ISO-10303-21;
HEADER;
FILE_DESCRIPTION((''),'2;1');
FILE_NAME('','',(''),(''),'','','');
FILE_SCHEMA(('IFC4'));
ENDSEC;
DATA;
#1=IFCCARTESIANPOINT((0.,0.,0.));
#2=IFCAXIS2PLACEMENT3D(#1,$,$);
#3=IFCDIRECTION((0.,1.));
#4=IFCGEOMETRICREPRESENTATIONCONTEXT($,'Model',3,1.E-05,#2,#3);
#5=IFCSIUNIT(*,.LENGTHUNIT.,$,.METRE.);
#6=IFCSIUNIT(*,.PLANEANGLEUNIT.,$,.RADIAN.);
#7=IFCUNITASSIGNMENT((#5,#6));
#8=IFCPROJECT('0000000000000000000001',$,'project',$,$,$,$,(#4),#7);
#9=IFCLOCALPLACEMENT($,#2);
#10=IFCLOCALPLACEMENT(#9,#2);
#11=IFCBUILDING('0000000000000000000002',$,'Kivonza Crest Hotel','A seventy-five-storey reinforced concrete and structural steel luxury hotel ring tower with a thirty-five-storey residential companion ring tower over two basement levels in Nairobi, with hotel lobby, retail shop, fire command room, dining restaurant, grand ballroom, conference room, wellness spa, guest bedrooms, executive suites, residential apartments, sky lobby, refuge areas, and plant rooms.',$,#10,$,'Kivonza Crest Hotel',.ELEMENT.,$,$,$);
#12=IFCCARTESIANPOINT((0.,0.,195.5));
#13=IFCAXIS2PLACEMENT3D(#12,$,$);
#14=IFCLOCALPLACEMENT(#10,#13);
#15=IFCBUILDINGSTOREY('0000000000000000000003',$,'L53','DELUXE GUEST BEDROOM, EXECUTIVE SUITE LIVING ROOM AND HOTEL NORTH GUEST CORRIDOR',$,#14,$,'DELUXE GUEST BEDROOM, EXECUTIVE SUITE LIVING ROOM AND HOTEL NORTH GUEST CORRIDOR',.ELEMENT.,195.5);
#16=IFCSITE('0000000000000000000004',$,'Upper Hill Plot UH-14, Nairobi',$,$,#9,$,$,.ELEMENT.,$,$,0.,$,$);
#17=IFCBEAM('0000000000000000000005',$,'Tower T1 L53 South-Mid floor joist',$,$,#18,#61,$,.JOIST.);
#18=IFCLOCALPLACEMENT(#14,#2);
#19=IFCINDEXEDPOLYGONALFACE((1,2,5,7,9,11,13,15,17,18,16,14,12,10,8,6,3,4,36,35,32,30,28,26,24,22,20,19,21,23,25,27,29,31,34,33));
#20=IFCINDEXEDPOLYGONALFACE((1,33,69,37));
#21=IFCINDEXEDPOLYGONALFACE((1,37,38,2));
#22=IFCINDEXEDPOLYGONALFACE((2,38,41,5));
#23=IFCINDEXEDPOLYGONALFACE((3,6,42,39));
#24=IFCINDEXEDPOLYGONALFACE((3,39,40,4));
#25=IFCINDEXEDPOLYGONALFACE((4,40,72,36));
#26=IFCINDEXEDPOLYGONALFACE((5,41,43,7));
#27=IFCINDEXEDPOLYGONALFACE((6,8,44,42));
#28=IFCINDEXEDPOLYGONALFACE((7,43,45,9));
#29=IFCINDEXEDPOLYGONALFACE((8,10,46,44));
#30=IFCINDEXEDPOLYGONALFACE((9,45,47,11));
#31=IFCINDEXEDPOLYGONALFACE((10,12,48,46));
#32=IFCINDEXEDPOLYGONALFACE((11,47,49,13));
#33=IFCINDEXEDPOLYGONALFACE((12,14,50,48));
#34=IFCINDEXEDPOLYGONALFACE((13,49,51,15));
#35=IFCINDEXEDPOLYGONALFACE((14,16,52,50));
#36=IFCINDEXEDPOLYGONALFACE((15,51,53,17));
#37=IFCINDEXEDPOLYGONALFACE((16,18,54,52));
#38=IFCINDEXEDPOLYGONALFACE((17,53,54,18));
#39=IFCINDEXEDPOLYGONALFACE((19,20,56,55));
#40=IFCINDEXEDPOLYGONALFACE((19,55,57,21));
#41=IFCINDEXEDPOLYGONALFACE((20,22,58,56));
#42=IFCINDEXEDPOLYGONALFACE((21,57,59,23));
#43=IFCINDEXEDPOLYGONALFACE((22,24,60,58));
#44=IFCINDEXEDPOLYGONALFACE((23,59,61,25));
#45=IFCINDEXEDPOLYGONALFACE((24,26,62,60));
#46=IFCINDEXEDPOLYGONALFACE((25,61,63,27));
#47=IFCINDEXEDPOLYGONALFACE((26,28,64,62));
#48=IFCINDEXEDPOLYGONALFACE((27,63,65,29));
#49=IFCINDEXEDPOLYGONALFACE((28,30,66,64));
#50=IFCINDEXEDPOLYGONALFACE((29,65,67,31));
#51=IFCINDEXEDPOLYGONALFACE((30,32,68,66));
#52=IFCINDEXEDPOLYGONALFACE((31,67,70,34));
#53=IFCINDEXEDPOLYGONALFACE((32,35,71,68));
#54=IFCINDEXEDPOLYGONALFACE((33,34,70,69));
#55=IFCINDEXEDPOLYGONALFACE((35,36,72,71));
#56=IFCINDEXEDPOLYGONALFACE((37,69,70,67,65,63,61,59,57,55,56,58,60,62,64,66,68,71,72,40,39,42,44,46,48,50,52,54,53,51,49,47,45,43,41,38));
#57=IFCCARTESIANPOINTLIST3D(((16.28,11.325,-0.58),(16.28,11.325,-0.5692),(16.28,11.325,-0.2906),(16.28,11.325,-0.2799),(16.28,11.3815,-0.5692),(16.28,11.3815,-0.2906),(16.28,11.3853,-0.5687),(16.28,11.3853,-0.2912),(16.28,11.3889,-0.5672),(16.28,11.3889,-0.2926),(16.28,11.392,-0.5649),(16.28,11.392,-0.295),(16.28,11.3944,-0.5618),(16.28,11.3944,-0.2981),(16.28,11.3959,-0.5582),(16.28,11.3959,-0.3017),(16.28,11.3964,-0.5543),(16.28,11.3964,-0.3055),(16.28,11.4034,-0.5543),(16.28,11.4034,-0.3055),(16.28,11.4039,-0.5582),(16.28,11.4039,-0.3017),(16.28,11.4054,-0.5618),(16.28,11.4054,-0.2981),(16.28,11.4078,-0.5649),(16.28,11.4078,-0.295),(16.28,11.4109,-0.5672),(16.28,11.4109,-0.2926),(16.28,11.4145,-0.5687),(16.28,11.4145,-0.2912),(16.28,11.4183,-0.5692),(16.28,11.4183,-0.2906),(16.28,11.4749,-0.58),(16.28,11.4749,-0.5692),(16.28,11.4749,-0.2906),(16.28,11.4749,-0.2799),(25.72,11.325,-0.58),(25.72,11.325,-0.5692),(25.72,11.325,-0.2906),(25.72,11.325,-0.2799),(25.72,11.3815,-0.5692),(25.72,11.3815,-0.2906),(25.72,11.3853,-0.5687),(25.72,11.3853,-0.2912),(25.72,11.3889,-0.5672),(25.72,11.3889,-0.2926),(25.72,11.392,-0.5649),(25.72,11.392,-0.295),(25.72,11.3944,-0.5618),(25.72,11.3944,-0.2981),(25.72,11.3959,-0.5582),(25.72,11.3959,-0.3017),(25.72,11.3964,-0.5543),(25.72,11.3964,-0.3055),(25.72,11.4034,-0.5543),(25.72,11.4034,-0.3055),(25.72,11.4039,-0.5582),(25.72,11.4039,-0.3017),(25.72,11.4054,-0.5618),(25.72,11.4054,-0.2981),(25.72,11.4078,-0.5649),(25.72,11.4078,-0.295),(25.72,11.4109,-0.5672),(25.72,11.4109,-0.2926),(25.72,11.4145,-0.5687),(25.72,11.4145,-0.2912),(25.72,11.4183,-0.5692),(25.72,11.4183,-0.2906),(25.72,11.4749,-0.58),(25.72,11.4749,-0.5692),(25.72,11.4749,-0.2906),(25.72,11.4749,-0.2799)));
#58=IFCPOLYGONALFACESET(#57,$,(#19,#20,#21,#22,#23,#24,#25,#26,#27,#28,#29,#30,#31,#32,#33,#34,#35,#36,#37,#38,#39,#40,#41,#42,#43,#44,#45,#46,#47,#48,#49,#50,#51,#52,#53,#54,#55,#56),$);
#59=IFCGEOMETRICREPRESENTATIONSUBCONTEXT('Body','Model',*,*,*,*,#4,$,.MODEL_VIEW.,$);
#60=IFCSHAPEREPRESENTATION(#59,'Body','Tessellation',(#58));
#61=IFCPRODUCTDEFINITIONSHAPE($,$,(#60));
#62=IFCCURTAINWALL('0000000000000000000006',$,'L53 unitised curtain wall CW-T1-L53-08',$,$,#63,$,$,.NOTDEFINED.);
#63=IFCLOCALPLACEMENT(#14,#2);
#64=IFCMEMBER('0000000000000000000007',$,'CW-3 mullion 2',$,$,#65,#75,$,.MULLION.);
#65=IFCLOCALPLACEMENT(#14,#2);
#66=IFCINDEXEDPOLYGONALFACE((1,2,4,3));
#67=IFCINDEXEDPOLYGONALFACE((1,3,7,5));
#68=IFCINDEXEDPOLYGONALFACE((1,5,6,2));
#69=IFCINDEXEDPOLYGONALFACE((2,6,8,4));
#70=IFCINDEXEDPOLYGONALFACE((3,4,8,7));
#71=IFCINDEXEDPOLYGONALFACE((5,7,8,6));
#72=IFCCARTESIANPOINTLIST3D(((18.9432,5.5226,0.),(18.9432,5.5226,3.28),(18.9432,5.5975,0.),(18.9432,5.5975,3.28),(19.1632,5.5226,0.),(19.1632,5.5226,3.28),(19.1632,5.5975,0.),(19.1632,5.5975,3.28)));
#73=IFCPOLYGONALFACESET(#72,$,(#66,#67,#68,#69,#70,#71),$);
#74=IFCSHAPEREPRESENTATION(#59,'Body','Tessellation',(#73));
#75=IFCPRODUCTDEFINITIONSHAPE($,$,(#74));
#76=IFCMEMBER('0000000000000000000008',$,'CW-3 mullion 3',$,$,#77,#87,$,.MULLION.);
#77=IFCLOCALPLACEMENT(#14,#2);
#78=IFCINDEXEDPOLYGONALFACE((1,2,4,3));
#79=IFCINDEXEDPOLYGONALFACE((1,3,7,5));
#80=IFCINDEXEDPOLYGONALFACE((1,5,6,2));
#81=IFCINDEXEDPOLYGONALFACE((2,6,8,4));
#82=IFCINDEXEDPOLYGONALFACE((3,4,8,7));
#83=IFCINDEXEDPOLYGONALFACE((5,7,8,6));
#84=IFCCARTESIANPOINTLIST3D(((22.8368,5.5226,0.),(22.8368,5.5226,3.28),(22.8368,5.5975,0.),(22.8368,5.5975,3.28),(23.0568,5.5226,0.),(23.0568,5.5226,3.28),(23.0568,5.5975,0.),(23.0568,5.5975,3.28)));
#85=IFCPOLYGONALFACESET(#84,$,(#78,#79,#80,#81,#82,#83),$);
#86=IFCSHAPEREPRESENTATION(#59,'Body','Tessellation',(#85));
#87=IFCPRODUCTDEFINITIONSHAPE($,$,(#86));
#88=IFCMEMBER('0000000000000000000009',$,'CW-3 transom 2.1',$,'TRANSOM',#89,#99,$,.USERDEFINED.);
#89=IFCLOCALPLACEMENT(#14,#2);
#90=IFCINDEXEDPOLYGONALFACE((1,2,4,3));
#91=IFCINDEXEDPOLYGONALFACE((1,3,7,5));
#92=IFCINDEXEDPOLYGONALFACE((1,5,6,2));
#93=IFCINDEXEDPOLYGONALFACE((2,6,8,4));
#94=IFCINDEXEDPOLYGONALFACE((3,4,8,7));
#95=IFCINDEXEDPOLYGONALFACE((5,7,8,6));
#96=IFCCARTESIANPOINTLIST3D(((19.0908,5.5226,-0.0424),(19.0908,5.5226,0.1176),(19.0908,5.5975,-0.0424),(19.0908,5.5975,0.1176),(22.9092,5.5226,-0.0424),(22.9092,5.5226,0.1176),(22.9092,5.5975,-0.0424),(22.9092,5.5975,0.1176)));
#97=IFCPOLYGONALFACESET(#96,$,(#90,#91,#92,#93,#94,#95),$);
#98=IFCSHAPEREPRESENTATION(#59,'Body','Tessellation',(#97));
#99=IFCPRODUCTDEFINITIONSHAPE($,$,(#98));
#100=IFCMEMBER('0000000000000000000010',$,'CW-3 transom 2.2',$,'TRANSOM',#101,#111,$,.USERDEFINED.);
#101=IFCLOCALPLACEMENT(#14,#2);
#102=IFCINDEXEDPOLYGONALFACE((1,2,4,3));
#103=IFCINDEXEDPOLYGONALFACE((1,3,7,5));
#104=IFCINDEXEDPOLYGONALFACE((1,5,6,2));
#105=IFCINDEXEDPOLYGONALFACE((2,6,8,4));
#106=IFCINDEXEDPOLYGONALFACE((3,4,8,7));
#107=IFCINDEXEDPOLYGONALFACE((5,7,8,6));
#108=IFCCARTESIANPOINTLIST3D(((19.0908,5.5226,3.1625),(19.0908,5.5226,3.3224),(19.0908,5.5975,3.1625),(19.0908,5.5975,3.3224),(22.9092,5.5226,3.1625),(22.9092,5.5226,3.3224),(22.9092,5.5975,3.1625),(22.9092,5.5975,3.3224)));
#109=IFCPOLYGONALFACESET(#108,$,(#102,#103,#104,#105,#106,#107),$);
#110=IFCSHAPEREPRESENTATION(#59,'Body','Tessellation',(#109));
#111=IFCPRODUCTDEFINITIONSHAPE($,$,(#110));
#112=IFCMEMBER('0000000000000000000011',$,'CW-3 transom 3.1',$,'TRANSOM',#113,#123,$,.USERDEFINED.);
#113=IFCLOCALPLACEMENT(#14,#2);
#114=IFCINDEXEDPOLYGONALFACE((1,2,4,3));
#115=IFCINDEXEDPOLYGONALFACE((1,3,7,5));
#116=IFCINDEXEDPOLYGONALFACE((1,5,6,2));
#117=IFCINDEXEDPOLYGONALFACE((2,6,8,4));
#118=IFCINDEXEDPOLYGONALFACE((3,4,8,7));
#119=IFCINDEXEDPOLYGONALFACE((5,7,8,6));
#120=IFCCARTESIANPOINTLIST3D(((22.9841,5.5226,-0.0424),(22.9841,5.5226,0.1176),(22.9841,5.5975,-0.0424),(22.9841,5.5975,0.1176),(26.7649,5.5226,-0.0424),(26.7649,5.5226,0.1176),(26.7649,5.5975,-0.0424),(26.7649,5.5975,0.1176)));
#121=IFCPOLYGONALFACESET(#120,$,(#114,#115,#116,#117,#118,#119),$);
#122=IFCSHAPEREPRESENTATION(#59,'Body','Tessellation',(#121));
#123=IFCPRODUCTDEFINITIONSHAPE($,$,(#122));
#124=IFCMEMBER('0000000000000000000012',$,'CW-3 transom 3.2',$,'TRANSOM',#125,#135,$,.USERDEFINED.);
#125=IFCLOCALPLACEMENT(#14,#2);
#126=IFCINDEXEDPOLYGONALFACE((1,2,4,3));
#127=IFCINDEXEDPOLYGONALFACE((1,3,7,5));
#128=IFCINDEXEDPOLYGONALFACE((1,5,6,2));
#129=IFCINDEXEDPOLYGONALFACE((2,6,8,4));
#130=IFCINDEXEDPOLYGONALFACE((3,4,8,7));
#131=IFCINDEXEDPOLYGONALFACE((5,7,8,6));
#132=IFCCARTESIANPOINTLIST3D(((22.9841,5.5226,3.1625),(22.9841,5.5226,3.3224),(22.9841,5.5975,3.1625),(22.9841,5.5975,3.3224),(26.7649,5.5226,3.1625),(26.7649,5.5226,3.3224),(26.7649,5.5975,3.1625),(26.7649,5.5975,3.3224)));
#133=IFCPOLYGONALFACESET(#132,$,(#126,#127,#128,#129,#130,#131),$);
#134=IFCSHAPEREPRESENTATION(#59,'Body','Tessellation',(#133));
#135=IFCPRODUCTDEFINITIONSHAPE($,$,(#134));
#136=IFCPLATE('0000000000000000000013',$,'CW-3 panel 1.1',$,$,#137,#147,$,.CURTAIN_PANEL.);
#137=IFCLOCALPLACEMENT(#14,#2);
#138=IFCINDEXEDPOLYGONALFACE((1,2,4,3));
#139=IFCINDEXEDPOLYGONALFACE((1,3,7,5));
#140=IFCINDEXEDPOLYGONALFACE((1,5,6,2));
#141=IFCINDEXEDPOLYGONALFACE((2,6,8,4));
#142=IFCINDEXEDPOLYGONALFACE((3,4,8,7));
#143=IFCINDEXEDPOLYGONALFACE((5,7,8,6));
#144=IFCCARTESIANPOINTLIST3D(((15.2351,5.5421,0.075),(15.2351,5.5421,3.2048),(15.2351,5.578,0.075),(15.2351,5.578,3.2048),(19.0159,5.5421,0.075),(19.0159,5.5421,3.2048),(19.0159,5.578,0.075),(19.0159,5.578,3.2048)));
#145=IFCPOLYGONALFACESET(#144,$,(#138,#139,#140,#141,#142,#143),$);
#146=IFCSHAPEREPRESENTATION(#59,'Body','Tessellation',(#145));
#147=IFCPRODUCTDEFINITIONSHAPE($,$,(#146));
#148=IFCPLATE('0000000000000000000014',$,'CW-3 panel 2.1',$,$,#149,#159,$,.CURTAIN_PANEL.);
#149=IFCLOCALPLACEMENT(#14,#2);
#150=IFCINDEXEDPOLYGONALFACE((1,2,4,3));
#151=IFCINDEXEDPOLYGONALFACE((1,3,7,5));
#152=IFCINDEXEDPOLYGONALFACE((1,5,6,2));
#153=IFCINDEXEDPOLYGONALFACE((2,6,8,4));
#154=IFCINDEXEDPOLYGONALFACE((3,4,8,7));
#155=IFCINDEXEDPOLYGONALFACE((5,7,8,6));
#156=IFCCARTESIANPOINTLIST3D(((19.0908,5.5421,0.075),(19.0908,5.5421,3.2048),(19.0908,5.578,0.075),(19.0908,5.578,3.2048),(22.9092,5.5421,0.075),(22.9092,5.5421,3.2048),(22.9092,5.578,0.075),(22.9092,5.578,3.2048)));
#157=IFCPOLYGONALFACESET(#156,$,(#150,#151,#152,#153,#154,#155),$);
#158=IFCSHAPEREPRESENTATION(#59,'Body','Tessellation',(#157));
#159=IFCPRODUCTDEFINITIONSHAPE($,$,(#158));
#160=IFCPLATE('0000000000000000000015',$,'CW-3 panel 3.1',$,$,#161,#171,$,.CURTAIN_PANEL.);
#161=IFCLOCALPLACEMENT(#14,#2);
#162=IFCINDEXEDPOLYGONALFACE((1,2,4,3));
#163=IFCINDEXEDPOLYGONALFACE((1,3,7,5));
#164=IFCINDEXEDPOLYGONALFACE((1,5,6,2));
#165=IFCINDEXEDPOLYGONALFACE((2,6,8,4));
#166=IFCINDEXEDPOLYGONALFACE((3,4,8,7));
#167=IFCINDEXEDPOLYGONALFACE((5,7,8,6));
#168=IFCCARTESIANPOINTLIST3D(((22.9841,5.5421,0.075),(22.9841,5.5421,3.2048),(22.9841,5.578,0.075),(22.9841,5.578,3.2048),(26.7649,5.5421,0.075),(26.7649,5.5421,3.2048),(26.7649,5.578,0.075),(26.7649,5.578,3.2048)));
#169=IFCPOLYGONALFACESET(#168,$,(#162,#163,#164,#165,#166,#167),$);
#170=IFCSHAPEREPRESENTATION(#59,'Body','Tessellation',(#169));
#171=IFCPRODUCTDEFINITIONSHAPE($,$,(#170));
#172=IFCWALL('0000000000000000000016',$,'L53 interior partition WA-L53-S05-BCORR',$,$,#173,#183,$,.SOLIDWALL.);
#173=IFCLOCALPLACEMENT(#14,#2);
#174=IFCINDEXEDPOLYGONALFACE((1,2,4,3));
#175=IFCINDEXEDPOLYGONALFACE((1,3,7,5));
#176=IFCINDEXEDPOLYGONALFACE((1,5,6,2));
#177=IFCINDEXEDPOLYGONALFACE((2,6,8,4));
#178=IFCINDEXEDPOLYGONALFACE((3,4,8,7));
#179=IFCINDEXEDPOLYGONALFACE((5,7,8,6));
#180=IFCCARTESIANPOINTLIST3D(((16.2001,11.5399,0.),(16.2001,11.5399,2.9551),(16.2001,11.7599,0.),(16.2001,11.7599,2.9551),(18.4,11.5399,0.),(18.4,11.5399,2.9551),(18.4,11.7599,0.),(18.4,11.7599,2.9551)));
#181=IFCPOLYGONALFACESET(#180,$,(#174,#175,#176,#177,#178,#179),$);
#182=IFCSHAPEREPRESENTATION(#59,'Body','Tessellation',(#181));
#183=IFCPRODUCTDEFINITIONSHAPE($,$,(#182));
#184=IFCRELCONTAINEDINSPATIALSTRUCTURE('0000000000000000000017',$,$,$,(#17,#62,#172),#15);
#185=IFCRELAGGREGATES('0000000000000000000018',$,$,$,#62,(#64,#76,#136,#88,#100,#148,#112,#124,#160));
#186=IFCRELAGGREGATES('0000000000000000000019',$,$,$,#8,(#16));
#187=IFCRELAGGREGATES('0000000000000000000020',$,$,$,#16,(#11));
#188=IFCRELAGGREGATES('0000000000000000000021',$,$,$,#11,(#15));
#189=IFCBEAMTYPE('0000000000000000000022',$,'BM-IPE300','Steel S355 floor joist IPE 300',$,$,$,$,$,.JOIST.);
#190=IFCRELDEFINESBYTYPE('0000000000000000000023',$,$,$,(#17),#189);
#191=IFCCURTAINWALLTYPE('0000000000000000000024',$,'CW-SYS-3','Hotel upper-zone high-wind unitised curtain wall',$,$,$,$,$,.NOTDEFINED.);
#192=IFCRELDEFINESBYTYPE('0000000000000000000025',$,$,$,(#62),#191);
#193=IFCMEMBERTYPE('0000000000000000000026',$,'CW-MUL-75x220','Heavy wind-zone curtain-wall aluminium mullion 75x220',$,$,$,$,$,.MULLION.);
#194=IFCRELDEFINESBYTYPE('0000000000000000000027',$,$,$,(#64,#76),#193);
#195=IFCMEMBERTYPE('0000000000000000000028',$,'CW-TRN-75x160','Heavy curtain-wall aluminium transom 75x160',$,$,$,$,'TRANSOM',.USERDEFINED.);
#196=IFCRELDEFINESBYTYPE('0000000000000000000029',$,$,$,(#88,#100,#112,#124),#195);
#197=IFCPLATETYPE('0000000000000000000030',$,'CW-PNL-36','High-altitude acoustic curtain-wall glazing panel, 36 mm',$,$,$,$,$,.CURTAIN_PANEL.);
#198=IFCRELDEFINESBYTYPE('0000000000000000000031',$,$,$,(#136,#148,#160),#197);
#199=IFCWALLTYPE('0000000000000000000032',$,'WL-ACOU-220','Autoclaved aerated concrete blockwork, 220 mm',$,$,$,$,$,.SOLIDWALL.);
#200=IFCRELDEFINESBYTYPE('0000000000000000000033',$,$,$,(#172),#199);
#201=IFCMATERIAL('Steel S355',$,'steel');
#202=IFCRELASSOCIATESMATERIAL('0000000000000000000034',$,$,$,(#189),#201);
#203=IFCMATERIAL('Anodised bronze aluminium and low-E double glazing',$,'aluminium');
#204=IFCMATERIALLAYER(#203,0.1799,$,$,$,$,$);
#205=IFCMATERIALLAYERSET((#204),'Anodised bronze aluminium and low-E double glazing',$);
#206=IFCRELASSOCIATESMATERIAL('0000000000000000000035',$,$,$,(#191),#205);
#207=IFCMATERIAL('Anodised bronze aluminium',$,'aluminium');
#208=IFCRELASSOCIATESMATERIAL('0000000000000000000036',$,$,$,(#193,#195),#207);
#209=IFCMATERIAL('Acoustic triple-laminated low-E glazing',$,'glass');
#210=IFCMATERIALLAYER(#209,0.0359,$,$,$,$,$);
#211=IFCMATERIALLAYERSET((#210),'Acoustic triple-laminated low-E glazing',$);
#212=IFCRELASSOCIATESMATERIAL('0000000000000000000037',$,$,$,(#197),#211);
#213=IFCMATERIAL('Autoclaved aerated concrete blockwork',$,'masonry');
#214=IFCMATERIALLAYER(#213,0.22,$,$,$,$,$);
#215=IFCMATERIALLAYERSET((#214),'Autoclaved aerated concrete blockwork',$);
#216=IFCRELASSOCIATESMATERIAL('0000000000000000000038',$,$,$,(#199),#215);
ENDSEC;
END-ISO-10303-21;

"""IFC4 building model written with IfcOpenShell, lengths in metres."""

from ifc_helpers import new_model, si_unit, direction, frame, frame_2d, origin, origin_2d, place, context, subcontext, project, spatial, rectangle, i_section, extrude, material, layer, layer_set, material_profile, profile_set, type_object, element, aggregate, save


model = new_model("IFC4")

# Units and contexts
model_context = context("Model", 3, precision=1e-05, world=origin(), true_north=direction((0.0, 1.0)))
body_context = subcontext(model_context, "Body", "Model", "MODEL_VIEW")
ifc_project = project(units=[si_unit("LENGTHUNIT", "METRE"), si_unit("PLANEANGLEUNIT", "RADIAN")], contexts=[model_context])

# Site, building, storey
site_placement = place(None, origin())
site = spatial("IfcSite", under=ifc_project, at=site_placement, Name="Upper Hill Plot UH-14, Nairobi", CompositionType="ELEMENT", RefElevation=0.0)
building_placement = place(site_placement, origin())
building = spatial("IfcBuilding", under=site, at=building_placement, Name="Kivonza Crest Hotel", Description="A seventy-five-storey reinforced concrete and structural steel luxury hotel ring tower with a thirty-five-storey residential companion ring tower over two basement levels in Nairobi, with hotel lobby, retail shop, fire command room, dining restaurant, grand ballroom, conference room, wellness spa, guest bedrooms, executive suites, residential apartments, sky lobby, refuge areas, and plant rooms.", LongName="Kivonza Crest Hotel", CompositionType="ELEMENT")
storey_placement = place(building_placement, frame((0.0, 0.0, 195.5)))
storey = spatial("IfcBuildingStorey", under=building, at=storey_placement, Name="L53", Description="DELUXE GUEST BEDROOM, EXECUTIVE SUITE LIVING ROOM AND HOTEL NORTH GUEST CORRIDOR", LongName="DELUXE GUEST BEDROOM, EXECUTIVE SUITE LIVING ROOM AND HOTEL NORTH GUEST CORRIDOR", CompositionType="ELEMENT", Elevation=195.5)

# Beam
ifc_material_1 = material(Name="Steel S355", Category="steel")
ifc_material_profile_1 = material_profile(ifc_material_1, i_section(OverallWidth=0.1499, OverallDepth=0.3, WebThickness=0.0071, FlangeThickness=0.0107, FilletRadius=0.0149, at=origin_2d()), Name="IPE 300")
ifc_profile_set_1 = profile_set([ifc_material_profile_1], Name="Steel S355")
beam_type_1 = type_object("IfcBeamType", Name="BM-IPE300", Description="Steel S355 floor joist IPE 300", PredefinedType="JOIST", material=ifc_profile_set_1)
beam_1_placement = place(storey_placement, frame((16.28, 11.3999, -0.4299), z_axis=(1.0, 0.0, 0.0), x_axis=(0.0, 1.0, 0.0)))
element("IfcBeam", 1, at=beam_1_placement, inside=storey, type_object=beam_type_1, Name="Tower T1 L53 South-Mid floor joist", PredefinedType="JOIST", context=body_context, shape_type="SweptSolid", body=[
    extrude(i_section(OverallWidth=0.1499, OverallDepth=0.3, WebThickness=0.0071, FlangeThickness=0.0107, FilletRadius=0.0149, at=origin_2d()), origin(), (0.0, 0.0, 1.0), 9.4399),
])

# Curtain wall, members, plates
ifc_material_2 = material(Name="Anodised bronze aluminium and low-E double glazing", Category="aluminium")
ifc_layer_1 = layer(ifc_material_2, 0.1799)
ifc_layer_set_1 = layer_set([ifc_layer_1], Name="Anodised bronze aluminium and low-E double glazing")
curtain_wall_type = type_object("IfcCurtainWallType", Name="CW-SYS-3", Description="Hotel upper-zone high-wind unitised curtain wall", PredefinedType="NOTDEFINED", material=ifc_layer_set_1)
curtain_wall_placement = place(storey_placement, origin())
curtain_wall = element("IfcCurtainWall", 2, at=curtain_wall_placement, inside=storey, type_object=curtain_wall_type, Name="L53 unitised curtain wall CW-T1-L53-08", PredefinedType="NOTDEFINED")
ifc_material_3 = material(Name="Anodised bronze aluminium", Category="aluminium")
ifc_material_profile_2 = material_profile(ifc_material_3, rectangle(XDim=0.075, YDim=0.22, at=origin_2d()), Name="CW-M 75x220")
ifc_profile_set_2 = profile_set([ifc_material_profile_2], Name="Anodised bronze aluminium")
member_type_1 = type_object("IfcMemberType", Name="CW-MUL-75x220", Description="Heavy wind-zone curtain-wall aluminium mullion 75x220", PredefinedType="MULLION", material=ifc_profile_set_2)
member_1_placement = place(storey_placement, frame((19.0532, 5.5601, 0.0), z_axis=(0.0, 0.0, 1.0), x_axis=(0.0, 1.0, 0.0)))
member_1 = element("IfcMember", 3, at=member_1_placement, type_object=member_type_1, Name="CW-3 mullion 2", PredefinedType="MULLION", context=body_context, shape_type="SweptSolid", body=[
    extrude(rectangle(XDim=0.075, YDim=0.22, at=origin_2d()), origin(), (0.0, 0.0, 1.0), 3.28),
])
member_2_placement = place(storey_placement, frame((22.9468, 5.5601, 0.0), z_axis=(0.0, 0.0, 1.0), x_axis=(0.0, 1.0, 0.0)))
member_2 = element("IfcMember", 4, at=member_2_placement, type_object=member_type_1, Name="CW-3 mullion 3", PredefinedType="MULLION", context=body_context, shape_type="SweptSolid", body=[
    extrude(rectangle(XDim=0.075, YDim=0.22, at=origin_2d()), origin(), (0.0, 0.0, 1.0), 3.28),
])
ifc_material_profile_3 = material_profile(ifc_material_3, rectangle(XDim=0.075, YDim=0.1599, at=origin_2d()), Name="CW-T 75x160")
ifc_profile_set_3 = profile_set([ifc_material_profile_3], Name="Anodised bronze aluminium")
member_type_2 = type_object("IfcMemberType", Name="CW-TRN-75x160", Description="Heavy curtain-wall aluminium transom 75x160", ElementType="TRANSOM", PredefinedType="USERDEFINED", material=ifc_profile_set_3)
member_3_placement = place(storey_placement, frame((19.0908, 5.5601, 0.0376), z_axis=(1.0, 0.0, 0.0), x_axis=(0.0, 1.0, 0.0)))
member_3 = element("IfcMember", 5, at=member_3_placement, type_object=member_type_2, Name="CW-3 transom 2.1", ObjectType="TRANSOM", PredefinedType="USERDEFINED", context=body_context, shape_type="SweptSolid", body=[
    extrude(rectangle(XDim=0.075, YDim=0.1599, at=origin_2d()), origin(), (0.0, 0.0, 1.0), 3.8184),
])
member_4_placement = place(storey_placement, frame((19.0908, 5.5601, 3.2424), z_axis=(1.0, 0.0, 0.0), x_axis=(0.0, 1.0, 0.0)))
member_4 = element("IfcMember", 6, at=member_4_placement, type_object=member_type_2, Name="CW-3 transom 2.2", ObjectType="TRANSOM", PredefinedType="USERDEFINED", context=body_context, shape_type="SweptSolid", body=[
    extrude(rectangle(XDim=0.075, YDim=0.1599, at=origin_2d()), origin(), (0.0, 0.0, 1.0), 3.8184),
])
member_5_placement = place(storey_placement, frame((22.9841, 5.5601, 0.0376), z_axis=(1.0, 0.0, 0.0), x_axis=(0.0, 1.0, 0.0)))
member_5 = element("IfcMember", 7, at=member_5_placement, type_object=member_type_2, Name="CW-3 transom 3.1", ObjectType="TRANSOM", PredefinedType="USERDEFINED", context=body_context, shape_type="SweptSolid", body=[
    extrude(rectangle(XDim=0.075, YDim=0.1599, at=origin_2d()), origin(), (0.0, 0.0, 1.0), 3.7808),
])
member_6_placement = place(storey_placement, frame((22.9841, 5.5601, 3.2424), z_axis=(1.0, 0.0, 0.0), x_axis=(0.0, 1.0, 0.0)))
member_6 = element("IfcMember", 8, at=member_6_placement, type_object=member_type_2, Name="CW-3 transom 3.2", ObjectType="TRANSOM", PredefinedType="USERDEFINED", context=body_context, shape_type="SweptSolid", body=[
    extrude(rectangle(XDim=0.075, YDim=0.1599, at=origin_2d()), origin(), (0.0, 0.0, 1.0), 3.7808),
])
ifc_material_4 = material(Name="Acoustic triple-laminated low-E glazing", Category="glass")
ifc_layer_2 = layer(ifc_material_4, 0.0359)
ifc_layer_set_2 = layer_set([ifc_layer_2], Name="Acoustic triple-laminated low-E glazing")
plate_type = type_object("IfcPlateType", Name="CW-PNL-36", Description="High-altitude acoustic curtain-wall glazing panel, 36 mm", PredefinedType="CURTAIN_PANEL", material=ifc_layer_set_2)
plate_1_placement = place(storey_placement, frame((17.1255, 5.5601, 0.075), z_axis=(0.0, 0.0, 1.0), x_axis=(1.0, 0.0, 0.0)))
plate_1 = element("IfcPlate", 9, at=plate_1_placement, type_object=plate_type, Name="CW-3 panel 1.1", PredefinedType="CURTAIN_PANEL", context=body_context, shape_type="SweptSolid", body=[
    extrude(rectangle(XDim=3.7808, YDim=0.0359, at=origin_2d()), origin(), (0.0, 0.0, 1.0), 3.1299),
])
plate_2_placement = place(storey_placement, frame((21.0, 5.5601, 0.075), z_axis=(0.0, 0.0, 1.0), x_axis=(1.0, 0.0, 0.0)))
plate_2 = element("IfcPlate", 10, at=plate_2_placement, type_object=plate_type, Name="CW-3 panel 2.1", PredefinedType="CURTAIN_PANEL", context=body_context, shape_type="SweptSolid", body=[
    extrude(rectangle(XDim=3.8184, YDim=0.0359, at=origin_2d()), origin(), (0.0, 0.0, 1.0), 3.1299),
])
plate_3_placement = place(storey_placement, frame((24.8745, 5.5601, 0.075), z_axis=(0.0, 0.0, 1.0), x_axis=(1.0, 0.0, 0.0)))
plate_3 = element("IfcPlate", 11, at=plate_3_placement, type_object=plate_type, Name="CW-3 panel 3.1", PredefinedType="CURTAIN_PANEL", context=body_context, shape_type="SweptSolid", body=[
    extrude(rectangle(XDim=3.7808, YDim=0.0359, at=origin_2d()), origin(), (0.0, 0.0, 1.0), 3.1299),
])
aggregate(curtain_wall, [member_1, member_2, plate_1, member_3, member_4, plate_2, member_5, member_6, plate_3])

# Wall
ifc_material_5 = material(Name="Autoclaved aerated concrete blockwork", Category="masonry")
ifc_layer_3 = layer(ifc_material_5, 0.22)
ifc_layer_set_3 = layer_set([ifc_layer_3], Name="Autoclaved aerated concrete blockwork")
wall_type_1 = type_object("IfcWallType", Name="WL-ACOU-220", Description="Autoclaved aerated concrete blockwork, 220 mm", PredefinedType="SOLIDWALL", material=ifc_layer_set_3)
wall_1_placement = place(storey_placement, frame((16.2, 11.6499, 0.0), z_axis=(0.0, 0.0, 1.0), x_axis=(1.0, 0.0, 0.0)))
element("IfcWall", 12, at=wall_1_placement, inside=storey, type_object=wall_type_1, Name="L53 interior partition WA-L53-S05-BCORR", PredefinedType="SOLIDWALL", context=body_context, shape_type="SweptSolid", body=[
    extrude(rectangle(XDim=2.2, YDim=0.22, at=frame_2d((1.1001, 0.0))), origin(), (0.0, 0.0, 1.0), 2.9551),
])

save(model, "model.ifc")
